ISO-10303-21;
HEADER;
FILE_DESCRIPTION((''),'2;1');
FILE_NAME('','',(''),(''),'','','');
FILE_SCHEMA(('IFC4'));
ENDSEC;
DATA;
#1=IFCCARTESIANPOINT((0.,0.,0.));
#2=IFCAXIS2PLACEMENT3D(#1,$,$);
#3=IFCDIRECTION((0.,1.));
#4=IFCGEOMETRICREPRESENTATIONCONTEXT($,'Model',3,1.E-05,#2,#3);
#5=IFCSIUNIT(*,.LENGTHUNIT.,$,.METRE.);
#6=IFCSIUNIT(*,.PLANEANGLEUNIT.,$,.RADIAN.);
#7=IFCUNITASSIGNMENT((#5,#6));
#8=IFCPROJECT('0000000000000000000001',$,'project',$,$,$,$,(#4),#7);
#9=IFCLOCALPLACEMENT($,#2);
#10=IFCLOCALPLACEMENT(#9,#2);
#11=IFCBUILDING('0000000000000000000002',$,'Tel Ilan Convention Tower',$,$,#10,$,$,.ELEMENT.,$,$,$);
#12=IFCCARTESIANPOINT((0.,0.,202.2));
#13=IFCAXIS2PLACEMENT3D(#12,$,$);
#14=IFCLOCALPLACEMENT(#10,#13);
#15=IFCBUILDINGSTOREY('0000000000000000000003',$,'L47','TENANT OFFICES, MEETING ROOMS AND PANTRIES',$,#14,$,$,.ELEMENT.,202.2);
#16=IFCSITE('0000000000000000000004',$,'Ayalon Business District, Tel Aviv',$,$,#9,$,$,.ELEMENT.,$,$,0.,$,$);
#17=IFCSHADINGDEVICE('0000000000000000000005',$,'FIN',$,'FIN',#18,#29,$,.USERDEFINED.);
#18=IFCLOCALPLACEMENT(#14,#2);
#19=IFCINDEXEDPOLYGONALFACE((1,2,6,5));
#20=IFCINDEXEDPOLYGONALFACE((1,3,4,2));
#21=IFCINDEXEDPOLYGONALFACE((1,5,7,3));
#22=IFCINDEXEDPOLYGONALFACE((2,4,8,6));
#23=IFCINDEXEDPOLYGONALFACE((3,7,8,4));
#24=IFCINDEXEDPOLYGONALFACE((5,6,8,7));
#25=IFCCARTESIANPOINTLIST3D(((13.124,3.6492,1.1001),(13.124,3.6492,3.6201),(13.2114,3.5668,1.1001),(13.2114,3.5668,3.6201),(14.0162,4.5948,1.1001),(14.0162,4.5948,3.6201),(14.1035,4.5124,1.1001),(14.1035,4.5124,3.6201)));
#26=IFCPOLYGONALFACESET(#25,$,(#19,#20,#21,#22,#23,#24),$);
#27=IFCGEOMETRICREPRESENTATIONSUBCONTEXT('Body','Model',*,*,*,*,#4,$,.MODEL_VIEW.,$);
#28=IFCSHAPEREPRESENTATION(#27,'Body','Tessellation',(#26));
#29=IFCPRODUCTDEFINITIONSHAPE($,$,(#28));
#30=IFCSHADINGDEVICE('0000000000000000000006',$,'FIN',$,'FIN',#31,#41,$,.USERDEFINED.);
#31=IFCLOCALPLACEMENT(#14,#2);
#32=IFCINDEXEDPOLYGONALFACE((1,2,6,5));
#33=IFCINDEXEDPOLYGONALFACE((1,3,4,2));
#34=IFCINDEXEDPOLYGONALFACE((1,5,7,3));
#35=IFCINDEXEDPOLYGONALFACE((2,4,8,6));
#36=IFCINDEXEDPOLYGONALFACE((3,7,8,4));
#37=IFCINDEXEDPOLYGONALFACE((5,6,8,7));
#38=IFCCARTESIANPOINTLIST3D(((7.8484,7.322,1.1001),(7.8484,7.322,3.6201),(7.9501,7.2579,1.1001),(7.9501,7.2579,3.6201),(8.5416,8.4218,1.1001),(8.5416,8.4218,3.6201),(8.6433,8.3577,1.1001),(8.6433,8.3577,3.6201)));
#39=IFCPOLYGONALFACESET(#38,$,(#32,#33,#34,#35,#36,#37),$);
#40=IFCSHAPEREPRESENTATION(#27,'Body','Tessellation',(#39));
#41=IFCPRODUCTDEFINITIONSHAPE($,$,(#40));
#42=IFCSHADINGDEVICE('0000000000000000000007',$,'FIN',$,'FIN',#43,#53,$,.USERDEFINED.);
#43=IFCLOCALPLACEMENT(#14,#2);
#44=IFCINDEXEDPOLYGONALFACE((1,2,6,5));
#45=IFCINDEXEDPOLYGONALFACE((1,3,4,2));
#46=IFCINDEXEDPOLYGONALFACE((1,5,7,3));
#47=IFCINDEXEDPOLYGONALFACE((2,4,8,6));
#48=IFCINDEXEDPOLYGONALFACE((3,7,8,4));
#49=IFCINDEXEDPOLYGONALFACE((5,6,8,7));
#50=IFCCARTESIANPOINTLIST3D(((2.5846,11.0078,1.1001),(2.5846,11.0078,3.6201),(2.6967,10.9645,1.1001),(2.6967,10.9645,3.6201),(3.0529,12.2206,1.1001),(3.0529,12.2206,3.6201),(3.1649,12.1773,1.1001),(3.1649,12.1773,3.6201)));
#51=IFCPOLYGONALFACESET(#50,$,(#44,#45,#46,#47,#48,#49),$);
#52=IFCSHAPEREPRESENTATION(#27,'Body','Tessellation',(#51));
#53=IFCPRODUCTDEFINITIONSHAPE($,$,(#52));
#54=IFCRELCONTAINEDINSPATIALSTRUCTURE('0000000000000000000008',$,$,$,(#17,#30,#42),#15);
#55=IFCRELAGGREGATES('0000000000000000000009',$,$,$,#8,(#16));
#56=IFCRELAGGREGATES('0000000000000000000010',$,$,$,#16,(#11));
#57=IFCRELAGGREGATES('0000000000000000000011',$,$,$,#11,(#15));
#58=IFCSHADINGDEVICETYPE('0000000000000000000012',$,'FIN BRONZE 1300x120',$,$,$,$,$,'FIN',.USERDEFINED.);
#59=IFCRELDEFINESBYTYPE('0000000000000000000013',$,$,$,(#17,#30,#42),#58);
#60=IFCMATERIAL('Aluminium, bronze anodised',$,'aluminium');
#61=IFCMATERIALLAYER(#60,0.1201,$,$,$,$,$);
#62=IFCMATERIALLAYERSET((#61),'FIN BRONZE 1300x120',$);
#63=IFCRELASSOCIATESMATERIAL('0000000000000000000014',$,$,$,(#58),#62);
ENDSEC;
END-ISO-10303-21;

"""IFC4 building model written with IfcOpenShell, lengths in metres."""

from ifc_helpers import new_model, si_unit, direction, frame, origin, origin_2d, place, context, subcontext, project, spatial, rectangle, extrude, material, layer, layer_set, type_object, element, save


model = new_model("IFC4")

# Units and contexts
model_context = context("Model", 3, precision=1e-05, world=origin(), true_north=direction((0.0, 1.0)))
body_context = subcontext(model_context, "Body", "Model", "MODEL_VIEW")
ifc_project = project(units=[si_unit("LENGTHUNIT", "METRE"), si_unit("PLANEANGLEUNIT", "RADIAN")], contexts=[model_context])

# Site, building, storey
site_placement = place(None, origin())
site = spatial("IfcSite", under=ifc_project, at=site_placement, Name="Ayalon Business District, Tel Aviv", CompositionType="ELEMENT", RefElevation=0.0)
building_placement = place(site_placement, origin())
building = spatial("IfcBuilding", under=site, at=building_placement, Name="Tel Ilan Convention Tower", CompositionType="ELEMENT")
storey_placement = place(building_placement, frame((0.0, 0.0, 202.2)))
storey = spatial("IfcBuildingStorey", under=building, at=storey_placement, Name="L47", Description="TENANT OFFICES, MEETING ROOMS AND PANTRIES", CompositionType="ELEMENT", Elevation=202.2)

# Shading devices
ifc_material_1 = material(Name="Aluminium, bronze anodised", Category="aluminium")
ifc_layer_1 = layer(ifc_material_1, 0.1201)
ifc_layer_set_1 = layer_set([ifc_layer_1], Name="FIN BRONZE 1300x120")
shading_device_type = type_object("IfcShadingDeviceType", Name="FIN BRONZE 1300x120", ElementType="FIN", PredefinedType="USERDEFINED", material=ifc_layer_set_1)
for number, where, z_axis, x_axis, name in (
    (1, (13.6138, 4.0808, 1.1001), (0.0, 0.0, 1.0), (0.686242, 0.727374, 0.0), "FIN"),
    (2, (8.2458, 7.8398, 1.1001), (0.0, 0.0, 1.0), (0.533204, 0.845986, 0.0), "FIN"),
    (3, (2.8748, 11.5925, 1.1001), (0.0, 0.0, 1.0), (0.360178, 0.932884, 0.0), "FIN"),
):
    element("IfcShadingDevice", number, at=place(storey_placement, frame(where, z_axis=z_axis, x_axis=x_axis)), inside=storey, type_object=shading_device_type, Name=name, ObjectType="FIN", PredefinedType="USERDEFINED", context=body_context, shape_type="SweptSolid", body=[
        extrude(rectangle(XDim=1.3, YDim=0.1201, at=origin_2d()), origin(), (0.0, 0.0, 1.0), 2.52),
    ])

save(model, "model.ifc")
